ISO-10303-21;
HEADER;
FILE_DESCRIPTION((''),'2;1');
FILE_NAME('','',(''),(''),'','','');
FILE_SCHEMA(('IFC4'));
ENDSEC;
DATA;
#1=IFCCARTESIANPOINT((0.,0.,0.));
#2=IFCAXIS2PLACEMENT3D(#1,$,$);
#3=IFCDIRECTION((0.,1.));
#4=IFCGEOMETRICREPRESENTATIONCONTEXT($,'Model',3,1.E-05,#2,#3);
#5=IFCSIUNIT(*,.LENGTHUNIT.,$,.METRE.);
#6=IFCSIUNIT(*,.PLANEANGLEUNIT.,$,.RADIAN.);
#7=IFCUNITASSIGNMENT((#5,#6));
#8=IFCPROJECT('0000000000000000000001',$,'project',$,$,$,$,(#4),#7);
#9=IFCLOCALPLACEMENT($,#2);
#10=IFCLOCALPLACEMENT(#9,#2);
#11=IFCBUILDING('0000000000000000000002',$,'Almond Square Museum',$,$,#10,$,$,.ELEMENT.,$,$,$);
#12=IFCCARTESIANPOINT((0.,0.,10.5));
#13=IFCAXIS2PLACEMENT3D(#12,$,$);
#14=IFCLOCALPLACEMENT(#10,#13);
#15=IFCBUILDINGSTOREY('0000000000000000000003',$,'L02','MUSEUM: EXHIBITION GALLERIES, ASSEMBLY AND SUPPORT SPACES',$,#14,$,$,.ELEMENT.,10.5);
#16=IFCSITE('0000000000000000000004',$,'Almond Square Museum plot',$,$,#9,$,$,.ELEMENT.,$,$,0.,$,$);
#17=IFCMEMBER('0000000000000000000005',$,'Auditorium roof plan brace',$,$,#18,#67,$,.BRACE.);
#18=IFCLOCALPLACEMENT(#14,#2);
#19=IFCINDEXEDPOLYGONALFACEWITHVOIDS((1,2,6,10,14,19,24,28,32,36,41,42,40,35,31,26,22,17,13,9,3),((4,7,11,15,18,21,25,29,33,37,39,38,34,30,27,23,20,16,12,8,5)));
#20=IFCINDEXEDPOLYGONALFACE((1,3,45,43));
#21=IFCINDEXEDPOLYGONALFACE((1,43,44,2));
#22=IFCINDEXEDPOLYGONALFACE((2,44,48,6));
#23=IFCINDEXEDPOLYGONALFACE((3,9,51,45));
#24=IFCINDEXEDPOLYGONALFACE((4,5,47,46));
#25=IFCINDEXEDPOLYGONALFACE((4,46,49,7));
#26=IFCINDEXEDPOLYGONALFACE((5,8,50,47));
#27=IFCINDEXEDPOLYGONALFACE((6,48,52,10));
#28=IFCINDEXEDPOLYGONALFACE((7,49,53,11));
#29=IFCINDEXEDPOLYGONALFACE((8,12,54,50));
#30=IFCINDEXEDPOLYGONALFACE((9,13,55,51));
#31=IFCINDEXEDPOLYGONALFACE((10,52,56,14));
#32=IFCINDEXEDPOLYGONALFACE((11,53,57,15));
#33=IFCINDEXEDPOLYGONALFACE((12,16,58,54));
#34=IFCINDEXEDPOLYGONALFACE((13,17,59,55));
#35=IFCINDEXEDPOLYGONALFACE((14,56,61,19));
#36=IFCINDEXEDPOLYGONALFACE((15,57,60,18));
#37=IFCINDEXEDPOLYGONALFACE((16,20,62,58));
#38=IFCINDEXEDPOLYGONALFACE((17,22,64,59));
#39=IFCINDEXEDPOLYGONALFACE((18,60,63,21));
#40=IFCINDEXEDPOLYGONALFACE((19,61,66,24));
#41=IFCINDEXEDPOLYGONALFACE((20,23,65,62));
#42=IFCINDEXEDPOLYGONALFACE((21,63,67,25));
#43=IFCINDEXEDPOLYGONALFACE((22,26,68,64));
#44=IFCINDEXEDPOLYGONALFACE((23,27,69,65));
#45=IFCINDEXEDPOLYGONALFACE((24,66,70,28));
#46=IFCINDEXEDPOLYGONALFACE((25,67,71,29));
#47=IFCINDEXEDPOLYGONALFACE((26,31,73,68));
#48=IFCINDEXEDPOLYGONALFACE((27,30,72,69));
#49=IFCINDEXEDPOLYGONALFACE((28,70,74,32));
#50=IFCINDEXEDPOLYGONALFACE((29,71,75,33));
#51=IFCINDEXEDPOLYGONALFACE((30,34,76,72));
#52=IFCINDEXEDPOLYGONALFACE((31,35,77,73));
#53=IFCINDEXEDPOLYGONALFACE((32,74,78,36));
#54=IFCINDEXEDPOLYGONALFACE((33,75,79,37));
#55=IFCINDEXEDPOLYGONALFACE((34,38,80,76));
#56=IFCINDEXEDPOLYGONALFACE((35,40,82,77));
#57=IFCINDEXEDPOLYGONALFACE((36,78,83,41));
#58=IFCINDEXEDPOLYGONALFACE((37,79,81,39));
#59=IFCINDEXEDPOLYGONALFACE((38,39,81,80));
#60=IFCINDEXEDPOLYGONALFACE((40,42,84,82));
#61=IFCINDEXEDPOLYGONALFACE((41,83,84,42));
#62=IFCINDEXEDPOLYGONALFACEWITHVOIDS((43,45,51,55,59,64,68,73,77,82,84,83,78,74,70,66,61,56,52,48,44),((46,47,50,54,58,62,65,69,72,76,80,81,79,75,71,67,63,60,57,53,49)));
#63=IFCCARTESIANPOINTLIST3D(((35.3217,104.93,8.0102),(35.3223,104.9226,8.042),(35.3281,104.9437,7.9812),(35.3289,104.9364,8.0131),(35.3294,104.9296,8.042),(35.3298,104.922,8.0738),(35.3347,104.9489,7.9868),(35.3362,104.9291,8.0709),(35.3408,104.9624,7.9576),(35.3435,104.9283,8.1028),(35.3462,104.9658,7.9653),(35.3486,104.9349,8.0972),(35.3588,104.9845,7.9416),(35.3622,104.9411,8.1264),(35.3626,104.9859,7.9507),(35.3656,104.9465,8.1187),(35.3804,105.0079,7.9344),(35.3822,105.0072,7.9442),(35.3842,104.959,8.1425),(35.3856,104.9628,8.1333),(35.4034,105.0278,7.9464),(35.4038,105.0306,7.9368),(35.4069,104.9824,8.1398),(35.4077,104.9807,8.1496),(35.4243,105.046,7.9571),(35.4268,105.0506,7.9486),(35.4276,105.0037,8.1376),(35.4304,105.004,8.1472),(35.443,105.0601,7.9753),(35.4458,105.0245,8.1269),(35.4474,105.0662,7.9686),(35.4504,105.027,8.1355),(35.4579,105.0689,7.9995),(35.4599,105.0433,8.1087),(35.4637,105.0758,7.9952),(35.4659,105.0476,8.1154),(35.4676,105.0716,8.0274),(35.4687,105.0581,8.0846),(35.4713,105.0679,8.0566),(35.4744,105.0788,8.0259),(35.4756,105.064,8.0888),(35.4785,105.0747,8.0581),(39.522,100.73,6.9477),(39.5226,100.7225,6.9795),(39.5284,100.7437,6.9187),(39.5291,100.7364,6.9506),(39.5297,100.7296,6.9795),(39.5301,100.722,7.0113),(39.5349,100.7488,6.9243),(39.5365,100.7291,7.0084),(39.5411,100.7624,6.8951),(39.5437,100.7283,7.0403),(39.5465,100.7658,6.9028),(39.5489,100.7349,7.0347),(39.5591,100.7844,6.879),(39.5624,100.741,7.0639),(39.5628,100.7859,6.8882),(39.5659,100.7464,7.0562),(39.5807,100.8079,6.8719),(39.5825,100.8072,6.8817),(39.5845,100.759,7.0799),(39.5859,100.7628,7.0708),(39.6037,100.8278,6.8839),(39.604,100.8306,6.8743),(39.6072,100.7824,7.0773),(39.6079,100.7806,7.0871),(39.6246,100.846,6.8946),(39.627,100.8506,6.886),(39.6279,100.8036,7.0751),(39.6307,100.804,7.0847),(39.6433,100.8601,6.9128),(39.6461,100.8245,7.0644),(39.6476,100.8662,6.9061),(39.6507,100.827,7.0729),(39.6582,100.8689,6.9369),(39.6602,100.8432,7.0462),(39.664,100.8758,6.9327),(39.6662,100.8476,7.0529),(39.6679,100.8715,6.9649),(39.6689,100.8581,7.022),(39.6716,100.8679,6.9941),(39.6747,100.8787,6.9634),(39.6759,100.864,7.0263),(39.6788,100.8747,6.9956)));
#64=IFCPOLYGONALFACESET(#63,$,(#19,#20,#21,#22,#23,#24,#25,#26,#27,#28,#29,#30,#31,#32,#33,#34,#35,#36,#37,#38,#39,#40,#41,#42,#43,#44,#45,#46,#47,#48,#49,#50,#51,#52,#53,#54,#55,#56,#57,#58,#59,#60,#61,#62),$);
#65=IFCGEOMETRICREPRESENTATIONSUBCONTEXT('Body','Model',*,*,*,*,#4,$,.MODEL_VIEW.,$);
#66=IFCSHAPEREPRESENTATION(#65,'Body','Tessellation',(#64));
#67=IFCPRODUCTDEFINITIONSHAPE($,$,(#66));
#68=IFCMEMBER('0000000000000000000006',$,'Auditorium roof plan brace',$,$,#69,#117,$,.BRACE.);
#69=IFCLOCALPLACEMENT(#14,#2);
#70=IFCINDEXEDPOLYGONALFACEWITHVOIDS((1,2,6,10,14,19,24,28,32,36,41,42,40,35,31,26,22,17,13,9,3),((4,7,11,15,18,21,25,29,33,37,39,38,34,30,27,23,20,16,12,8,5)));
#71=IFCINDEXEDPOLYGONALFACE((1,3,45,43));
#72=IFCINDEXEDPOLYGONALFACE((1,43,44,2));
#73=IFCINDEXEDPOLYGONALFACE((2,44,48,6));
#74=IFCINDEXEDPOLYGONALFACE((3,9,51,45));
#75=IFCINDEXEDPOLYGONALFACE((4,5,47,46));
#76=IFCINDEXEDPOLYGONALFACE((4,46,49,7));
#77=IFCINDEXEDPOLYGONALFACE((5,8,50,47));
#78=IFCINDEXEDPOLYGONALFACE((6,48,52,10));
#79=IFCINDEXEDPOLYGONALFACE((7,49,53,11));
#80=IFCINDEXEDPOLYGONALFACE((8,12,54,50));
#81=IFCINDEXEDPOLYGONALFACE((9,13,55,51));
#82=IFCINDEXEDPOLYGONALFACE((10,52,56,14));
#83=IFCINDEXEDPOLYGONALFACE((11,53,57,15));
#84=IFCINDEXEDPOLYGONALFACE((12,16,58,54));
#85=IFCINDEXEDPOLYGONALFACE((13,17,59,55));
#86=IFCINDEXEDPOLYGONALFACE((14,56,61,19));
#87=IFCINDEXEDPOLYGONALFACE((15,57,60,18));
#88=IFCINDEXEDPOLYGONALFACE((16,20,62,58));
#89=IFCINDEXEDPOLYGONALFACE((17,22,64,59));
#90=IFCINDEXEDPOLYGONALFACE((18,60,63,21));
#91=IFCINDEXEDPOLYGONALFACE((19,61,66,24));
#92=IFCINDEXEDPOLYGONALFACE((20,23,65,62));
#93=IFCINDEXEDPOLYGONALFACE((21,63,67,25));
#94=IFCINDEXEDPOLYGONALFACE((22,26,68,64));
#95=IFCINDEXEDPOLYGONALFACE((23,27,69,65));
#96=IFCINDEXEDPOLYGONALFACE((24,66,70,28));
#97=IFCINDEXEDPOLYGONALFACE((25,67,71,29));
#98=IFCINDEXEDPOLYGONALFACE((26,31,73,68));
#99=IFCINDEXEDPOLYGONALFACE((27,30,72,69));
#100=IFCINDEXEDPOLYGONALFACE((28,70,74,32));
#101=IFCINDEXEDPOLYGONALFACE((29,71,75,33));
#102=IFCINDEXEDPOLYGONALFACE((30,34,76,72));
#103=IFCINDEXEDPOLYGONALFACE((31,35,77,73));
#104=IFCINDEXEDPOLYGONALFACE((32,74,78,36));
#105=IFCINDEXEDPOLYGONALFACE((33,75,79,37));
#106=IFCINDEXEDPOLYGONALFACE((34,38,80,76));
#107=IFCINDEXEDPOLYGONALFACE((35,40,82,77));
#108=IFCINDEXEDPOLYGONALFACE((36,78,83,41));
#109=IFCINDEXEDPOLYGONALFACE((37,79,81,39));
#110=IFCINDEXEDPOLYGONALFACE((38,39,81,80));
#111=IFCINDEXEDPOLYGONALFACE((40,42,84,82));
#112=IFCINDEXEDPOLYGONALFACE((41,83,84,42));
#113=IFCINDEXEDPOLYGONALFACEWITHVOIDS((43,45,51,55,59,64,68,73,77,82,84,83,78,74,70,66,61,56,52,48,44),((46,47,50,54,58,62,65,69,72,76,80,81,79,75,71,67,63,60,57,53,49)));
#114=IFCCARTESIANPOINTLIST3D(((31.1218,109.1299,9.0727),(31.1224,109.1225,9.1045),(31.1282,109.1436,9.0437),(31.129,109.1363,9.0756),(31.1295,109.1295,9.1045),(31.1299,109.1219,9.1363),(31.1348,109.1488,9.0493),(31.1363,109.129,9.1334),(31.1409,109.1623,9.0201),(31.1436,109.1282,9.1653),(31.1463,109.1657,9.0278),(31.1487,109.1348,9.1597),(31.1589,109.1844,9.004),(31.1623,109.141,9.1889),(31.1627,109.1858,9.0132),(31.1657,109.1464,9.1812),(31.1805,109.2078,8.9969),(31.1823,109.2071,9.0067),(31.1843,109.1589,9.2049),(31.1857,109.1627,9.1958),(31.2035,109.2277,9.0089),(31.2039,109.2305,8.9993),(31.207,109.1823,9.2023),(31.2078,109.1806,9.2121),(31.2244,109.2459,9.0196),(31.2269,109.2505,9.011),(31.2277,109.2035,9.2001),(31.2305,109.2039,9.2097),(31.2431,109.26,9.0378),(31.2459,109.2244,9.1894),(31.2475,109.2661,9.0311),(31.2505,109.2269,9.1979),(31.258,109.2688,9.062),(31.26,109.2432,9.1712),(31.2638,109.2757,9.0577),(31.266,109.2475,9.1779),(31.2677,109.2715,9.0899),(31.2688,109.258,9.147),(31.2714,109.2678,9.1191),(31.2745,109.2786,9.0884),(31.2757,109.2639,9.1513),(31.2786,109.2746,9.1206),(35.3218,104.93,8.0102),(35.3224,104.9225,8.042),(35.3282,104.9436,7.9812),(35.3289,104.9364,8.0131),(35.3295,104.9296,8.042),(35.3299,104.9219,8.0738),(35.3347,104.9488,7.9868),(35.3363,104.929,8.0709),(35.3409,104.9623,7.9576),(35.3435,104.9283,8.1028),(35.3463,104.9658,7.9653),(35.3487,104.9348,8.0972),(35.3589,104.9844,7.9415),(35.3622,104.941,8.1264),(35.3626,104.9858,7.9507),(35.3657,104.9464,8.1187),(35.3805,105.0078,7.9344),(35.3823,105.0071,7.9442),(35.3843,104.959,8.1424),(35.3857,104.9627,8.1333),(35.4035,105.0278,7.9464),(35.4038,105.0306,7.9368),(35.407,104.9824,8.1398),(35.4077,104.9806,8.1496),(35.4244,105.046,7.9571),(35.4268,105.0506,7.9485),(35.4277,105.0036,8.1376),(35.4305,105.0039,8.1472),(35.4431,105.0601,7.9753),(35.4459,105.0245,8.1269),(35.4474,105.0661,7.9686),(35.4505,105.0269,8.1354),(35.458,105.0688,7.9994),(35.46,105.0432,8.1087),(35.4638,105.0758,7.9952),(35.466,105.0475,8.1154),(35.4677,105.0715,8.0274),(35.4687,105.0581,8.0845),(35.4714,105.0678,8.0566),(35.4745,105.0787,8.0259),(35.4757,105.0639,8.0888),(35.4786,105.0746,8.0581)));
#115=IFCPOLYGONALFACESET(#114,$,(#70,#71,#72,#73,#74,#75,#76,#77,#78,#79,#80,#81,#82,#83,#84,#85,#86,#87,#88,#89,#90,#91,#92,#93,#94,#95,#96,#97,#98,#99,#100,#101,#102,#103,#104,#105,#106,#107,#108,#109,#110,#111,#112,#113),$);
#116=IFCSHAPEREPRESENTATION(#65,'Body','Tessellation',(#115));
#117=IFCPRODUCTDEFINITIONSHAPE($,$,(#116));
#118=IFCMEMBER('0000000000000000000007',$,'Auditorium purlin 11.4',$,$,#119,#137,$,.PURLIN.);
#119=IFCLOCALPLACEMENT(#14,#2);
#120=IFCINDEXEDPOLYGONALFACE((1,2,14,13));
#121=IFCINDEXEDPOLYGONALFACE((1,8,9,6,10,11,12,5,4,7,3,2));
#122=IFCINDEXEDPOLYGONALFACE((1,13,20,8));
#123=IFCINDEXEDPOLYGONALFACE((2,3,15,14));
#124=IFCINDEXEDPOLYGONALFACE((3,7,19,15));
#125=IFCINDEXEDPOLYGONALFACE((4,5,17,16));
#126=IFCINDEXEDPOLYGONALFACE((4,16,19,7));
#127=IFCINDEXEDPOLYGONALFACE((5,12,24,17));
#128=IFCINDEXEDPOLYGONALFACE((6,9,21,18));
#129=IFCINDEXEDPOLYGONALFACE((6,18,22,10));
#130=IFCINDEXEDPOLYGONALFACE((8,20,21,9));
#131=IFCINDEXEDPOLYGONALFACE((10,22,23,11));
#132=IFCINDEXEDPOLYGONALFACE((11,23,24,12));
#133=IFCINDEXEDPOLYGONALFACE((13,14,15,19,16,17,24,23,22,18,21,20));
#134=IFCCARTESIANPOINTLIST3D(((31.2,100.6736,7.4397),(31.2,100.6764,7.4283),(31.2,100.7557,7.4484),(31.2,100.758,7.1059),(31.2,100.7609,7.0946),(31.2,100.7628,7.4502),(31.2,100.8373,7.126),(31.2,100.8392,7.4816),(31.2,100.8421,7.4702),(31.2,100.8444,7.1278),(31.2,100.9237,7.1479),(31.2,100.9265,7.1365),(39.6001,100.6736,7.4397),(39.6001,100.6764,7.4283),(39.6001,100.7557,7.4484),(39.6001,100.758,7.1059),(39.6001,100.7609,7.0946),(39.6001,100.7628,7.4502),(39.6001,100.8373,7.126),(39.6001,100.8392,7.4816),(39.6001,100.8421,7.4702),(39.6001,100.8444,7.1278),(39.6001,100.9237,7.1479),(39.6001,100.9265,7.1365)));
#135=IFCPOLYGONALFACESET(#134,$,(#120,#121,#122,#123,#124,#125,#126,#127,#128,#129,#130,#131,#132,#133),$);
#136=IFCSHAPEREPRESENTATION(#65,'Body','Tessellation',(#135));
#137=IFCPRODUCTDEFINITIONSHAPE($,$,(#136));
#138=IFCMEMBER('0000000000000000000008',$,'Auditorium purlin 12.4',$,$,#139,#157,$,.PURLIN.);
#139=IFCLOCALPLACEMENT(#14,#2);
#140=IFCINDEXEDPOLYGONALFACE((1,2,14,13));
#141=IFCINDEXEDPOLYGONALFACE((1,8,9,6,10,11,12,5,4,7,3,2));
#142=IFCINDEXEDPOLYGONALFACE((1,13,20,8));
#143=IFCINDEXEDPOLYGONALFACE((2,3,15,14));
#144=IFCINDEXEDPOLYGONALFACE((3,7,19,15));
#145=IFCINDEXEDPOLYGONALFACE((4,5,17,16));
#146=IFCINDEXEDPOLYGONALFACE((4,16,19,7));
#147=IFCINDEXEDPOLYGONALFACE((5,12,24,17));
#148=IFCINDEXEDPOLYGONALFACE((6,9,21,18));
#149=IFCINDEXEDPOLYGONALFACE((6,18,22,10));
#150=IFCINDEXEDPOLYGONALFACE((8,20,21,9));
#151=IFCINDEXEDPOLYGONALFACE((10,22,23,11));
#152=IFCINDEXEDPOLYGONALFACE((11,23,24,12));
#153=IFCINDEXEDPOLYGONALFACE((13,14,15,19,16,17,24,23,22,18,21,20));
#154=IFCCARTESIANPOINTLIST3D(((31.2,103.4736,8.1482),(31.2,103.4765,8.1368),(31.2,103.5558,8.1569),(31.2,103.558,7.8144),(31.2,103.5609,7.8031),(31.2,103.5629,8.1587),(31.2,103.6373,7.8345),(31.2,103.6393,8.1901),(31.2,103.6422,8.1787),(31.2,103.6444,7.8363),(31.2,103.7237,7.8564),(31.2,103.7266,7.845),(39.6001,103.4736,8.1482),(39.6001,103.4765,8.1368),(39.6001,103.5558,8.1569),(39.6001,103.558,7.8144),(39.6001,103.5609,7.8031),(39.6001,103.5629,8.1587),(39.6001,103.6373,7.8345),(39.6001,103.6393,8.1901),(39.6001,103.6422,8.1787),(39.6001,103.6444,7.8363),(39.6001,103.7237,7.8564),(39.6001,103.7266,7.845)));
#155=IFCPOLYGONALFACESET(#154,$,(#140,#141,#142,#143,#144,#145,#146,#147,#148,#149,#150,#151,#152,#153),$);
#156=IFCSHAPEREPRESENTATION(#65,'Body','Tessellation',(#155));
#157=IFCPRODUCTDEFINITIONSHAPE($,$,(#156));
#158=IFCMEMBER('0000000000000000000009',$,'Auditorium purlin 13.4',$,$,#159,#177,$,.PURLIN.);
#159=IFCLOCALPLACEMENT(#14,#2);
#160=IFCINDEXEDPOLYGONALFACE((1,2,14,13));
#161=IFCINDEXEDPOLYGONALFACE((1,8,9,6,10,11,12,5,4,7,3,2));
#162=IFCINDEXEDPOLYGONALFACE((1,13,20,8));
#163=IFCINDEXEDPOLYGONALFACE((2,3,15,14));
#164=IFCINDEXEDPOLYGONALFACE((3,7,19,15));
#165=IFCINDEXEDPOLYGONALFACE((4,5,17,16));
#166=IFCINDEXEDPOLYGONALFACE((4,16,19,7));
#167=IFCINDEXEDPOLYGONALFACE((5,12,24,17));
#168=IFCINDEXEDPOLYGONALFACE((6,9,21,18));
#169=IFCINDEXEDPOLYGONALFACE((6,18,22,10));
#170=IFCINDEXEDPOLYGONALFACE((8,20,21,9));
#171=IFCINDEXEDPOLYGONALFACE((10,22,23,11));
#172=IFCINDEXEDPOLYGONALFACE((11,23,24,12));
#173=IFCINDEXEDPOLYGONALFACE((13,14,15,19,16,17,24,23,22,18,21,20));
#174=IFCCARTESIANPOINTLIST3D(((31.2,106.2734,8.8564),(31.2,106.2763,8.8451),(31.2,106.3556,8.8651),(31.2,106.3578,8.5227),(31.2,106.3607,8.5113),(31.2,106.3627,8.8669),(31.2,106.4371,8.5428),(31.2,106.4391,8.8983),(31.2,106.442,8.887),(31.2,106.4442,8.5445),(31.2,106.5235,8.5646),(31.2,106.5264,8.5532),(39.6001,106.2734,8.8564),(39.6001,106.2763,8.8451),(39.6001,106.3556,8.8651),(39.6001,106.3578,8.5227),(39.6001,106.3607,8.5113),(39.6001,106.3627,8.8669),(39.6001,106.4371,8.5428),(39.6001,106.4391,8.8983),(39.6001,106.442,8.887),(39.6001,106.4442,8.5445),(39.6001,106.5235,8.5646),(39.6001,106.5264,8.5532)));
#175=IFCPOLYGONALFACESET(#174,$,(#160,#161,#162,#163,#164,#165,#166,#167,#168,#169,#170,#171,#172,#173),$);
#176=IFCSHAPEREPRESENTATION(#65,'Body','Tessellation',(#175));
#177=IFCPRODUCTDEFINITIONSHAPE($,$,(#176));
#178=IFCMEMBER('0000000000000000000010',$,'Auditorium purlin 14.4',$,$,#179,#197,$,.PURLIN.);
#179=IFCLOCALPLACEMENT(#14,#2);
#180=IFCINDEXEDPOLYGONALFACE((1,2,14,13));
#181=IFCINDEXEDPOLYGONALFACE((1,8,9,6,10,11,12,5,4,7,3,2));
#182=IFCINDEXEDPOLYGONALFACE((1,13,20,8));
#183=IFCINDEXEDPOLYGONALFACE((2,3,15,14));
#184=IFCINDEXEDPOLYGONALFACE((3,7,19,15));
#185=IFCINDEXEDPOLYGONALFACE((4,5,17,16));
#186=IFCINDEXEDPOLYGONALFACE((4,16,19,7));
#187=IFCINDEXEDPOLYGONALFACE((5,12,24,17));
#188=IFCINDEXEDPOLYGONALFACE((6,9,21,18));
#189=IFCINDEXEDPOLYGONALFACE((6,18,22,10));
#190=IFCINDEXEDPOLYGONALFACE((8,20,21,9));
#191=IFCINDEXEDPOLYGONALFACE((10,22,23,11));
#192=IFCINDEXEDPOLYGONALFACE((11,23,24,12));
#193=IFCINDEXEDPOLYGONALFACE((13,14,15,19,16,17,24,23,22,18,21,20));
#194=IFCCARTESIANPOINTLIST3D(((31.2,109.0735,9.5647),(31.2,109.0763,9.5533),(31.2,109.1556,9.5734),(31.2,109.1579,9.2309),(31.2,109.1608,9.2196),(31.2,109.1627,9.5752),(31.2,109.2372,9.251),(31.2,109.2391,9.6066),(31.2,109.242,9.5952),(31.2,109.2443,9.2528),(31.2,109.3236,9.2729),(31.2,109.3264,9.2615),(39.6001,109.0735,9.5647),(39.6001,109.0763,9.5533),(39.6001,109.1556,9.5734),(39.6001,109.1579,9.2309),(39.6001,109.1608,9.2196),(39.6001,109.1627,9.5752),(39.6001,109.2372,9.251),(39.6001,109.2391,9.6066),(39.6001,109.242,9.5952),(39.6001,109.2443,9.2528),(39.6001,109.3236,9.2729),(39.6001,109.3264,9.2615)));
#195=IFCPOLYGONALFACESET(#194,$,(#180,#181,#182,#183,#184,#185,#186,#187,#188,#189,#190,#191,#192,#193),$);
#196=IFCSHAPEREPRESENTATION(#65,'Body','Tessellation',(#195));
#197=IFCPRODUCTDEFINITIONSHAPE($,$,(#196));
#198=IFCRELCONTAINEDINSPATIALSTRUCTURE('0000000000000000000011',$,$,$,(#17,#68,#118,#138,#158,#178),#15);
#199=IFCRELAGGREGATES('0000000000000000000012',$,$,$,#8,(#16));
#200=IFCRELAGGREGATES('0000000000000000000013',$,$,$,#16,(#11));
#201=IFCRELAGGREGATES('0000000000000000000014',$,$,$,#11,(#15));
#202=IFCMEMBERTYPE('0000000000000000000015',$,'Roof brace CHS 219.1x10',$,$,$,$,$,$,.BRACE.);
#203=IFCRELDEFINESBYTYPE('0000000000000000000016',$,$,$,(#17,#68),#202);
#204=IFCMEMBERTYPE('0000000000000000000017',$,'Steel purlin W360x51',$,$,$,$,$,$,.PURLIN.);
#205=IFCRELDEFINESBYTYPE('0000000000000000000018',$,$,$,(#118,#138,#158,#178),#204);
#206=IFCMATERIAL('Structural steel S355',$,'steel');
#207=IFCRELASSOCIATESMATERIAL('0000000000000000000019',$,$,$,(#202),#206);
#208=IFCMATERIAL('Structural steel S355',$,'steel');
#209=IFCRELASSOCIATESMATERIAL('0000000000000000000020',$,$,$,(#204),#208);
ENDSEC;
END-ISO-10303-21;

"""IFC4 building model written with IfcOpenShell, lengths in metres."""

from ifc_helpers import new_model, si_unit, direction, frame, origin, origin_2d, place, context, subcontext, project, spatial, hollow_circle, i_section, extrude, material, material_profile, profile_set, type_object, element, save


model = new_model("IFC4")

# Units and contexts
model_context = context("Model", 3, precision=1e-05, world=origin(), true_north=direction((0.0, 1.0)))
body_context = subcontext(model_context, "Body", "Model", "MODEL_VIEW")
ifc_project = project(units=[si_unit("LENGTHUNIT", "METRE"), si_unit("PLANEANGLEUNIT", "RADIAN")], contexts=[model_context])

# Site, building, storey
site_placement = place(None, origin())
site = spatial("IfcSite", under=ifc_project, at=site_placement, Name="Almond Square Museum plot", CompositionType="ELEMENT", RefElevation=0.0)
building_placement = place(site_placement, origin())
building = spatial("IfcBuilding", under=site, at=building_placement, Name="Almond Square Museum", CompositionType="ELEMENT")
storey_placement = place(building_placement, frame((0.0, 0.0, 10.5)))
storey = spatial("IfcBuildingStorey", under=building, at=storey_placement, Name="L02", Description="MUSEUM: EXHIBITION GALLERIES, ASSEMBLY AND SUPPORT SPACES", CompositionType="ELEMENT", Elevation=10.5)

# Members
ifc_material_1 = material(Name="Structural steel S355", Category="steel")
ifc_material_profile_1 = material_profile(ifc_material_1, hollow_circle(Radius=0.1096, WallThickness=0.01, at=origin_2d()))
ifc_profile_set_1 = profile_set([ifc_material_profile_1], Name="Structural steel S355")
member_type_1 = type_object("IfcMemberType", Name="Roof brace CHS 219.1x10", PredefinedType="BRACE", material=ifc_profile_set_1)
member_1_placement = place(storey_placement, frame((39.6001, 100.8, 6.9795), z_axis=(-0.696079, 0.696038, 0.176083), x_axis=(-0.707086, -0.707127, 0.0)))
element("IfcMember", 1, at=member_1_placement, inside=storey, type_object=member_type_1, Name="Auditorium roof plan brace", PredefinedType="BRACE", context=body_context, shape_type="SweptSolid", body=[
    extrude(hollow_circle(Radius=0.1096, WallThickness=0.01, at=origin_2d()), origin(), (0.0, 0.0, 1.0), 6.0342),
])
member_2_placement = place(storey_placement, frame((35.3999, 105.0, 8.042), z_axis=(-0.696058, 0.696058, 0.176088), x_axis=(-0.707107, -0.707107, 0.0)))
element("IfcMember", 2, at=member_2_placement, inside=storey, type_object=member_type_1, Name="Auditorium roof plan brace", PredefinedType="BRACE", context=body_context, shape_type="SweptSolid", body=[
    extrude(hollow_circle(Radius=0.1096, WallThickness=0.01, at=origin_2d()), origin(), (0.0, 0.0, 1.0), 6.0339),
])
ifc_material_2 = material(Name="Structural steel S355", Category="steel")
ifc_material_profile_2 = material_profile(ifc_material_2, i_section(OverallWidth=0.1709, OverallDepth=0.356, WebThickness=0.0073, FlangeThickness=0.0117, at=origin_2d()))
ifc_profile_set_2 = profile_set([ifc_material_profile_2], Name="Structural steel S355")
member_type_2 = type_object("IfcMemberType", Name="Steel purlin W360x51", PredefinedType="PURLIN", material=ifc_profile_set_2)
for number, where, z_axis, x_axis, name in (
    (3, (31.2, 100.8, 7.2881), (1.0, 0.0, 0.0), (0.0, 0.96946, 0.24525), "Auditorium purlin 11.4"),
    (4, (31.2, 103.6001, 7.9966), (1.0, 0.0, 0.0), (0.0, 0.96946, 0.24525), "Auditorium purlin 12.4"),
    (5, (31.2, 106.3999, 8.7048), (1.0, 0.0, 0.0), (0.0, 0.96946, 0.24525), "Auditorium purlin 13.4"),
    (6, (31.2, 109.2, 9.4131), (1.0, 0.0, 0.0), (0.0, 0.96946, 0.24525), "Auditorium purlin 14.4"),
):
    element("IfcMember", number, at=place(storey_placement, frame(where, z_axis=z_axis, x_axis=x_axis)), inside=storey, type_object=member_type_2, Name=name, PredefinedType="PURLIN", context=body_context, shape_type="SweptSolid", body=[
        extrude(i_section(OverallWidth=0.1709, OverallDepth=0.356, WebThickness=0.0073, FlangeThickness=0.0117, at=origin_2d()), origin(), (0.0, 0.0, 1.0), 8.4001),
    ])

save(model, "model.ifc")
